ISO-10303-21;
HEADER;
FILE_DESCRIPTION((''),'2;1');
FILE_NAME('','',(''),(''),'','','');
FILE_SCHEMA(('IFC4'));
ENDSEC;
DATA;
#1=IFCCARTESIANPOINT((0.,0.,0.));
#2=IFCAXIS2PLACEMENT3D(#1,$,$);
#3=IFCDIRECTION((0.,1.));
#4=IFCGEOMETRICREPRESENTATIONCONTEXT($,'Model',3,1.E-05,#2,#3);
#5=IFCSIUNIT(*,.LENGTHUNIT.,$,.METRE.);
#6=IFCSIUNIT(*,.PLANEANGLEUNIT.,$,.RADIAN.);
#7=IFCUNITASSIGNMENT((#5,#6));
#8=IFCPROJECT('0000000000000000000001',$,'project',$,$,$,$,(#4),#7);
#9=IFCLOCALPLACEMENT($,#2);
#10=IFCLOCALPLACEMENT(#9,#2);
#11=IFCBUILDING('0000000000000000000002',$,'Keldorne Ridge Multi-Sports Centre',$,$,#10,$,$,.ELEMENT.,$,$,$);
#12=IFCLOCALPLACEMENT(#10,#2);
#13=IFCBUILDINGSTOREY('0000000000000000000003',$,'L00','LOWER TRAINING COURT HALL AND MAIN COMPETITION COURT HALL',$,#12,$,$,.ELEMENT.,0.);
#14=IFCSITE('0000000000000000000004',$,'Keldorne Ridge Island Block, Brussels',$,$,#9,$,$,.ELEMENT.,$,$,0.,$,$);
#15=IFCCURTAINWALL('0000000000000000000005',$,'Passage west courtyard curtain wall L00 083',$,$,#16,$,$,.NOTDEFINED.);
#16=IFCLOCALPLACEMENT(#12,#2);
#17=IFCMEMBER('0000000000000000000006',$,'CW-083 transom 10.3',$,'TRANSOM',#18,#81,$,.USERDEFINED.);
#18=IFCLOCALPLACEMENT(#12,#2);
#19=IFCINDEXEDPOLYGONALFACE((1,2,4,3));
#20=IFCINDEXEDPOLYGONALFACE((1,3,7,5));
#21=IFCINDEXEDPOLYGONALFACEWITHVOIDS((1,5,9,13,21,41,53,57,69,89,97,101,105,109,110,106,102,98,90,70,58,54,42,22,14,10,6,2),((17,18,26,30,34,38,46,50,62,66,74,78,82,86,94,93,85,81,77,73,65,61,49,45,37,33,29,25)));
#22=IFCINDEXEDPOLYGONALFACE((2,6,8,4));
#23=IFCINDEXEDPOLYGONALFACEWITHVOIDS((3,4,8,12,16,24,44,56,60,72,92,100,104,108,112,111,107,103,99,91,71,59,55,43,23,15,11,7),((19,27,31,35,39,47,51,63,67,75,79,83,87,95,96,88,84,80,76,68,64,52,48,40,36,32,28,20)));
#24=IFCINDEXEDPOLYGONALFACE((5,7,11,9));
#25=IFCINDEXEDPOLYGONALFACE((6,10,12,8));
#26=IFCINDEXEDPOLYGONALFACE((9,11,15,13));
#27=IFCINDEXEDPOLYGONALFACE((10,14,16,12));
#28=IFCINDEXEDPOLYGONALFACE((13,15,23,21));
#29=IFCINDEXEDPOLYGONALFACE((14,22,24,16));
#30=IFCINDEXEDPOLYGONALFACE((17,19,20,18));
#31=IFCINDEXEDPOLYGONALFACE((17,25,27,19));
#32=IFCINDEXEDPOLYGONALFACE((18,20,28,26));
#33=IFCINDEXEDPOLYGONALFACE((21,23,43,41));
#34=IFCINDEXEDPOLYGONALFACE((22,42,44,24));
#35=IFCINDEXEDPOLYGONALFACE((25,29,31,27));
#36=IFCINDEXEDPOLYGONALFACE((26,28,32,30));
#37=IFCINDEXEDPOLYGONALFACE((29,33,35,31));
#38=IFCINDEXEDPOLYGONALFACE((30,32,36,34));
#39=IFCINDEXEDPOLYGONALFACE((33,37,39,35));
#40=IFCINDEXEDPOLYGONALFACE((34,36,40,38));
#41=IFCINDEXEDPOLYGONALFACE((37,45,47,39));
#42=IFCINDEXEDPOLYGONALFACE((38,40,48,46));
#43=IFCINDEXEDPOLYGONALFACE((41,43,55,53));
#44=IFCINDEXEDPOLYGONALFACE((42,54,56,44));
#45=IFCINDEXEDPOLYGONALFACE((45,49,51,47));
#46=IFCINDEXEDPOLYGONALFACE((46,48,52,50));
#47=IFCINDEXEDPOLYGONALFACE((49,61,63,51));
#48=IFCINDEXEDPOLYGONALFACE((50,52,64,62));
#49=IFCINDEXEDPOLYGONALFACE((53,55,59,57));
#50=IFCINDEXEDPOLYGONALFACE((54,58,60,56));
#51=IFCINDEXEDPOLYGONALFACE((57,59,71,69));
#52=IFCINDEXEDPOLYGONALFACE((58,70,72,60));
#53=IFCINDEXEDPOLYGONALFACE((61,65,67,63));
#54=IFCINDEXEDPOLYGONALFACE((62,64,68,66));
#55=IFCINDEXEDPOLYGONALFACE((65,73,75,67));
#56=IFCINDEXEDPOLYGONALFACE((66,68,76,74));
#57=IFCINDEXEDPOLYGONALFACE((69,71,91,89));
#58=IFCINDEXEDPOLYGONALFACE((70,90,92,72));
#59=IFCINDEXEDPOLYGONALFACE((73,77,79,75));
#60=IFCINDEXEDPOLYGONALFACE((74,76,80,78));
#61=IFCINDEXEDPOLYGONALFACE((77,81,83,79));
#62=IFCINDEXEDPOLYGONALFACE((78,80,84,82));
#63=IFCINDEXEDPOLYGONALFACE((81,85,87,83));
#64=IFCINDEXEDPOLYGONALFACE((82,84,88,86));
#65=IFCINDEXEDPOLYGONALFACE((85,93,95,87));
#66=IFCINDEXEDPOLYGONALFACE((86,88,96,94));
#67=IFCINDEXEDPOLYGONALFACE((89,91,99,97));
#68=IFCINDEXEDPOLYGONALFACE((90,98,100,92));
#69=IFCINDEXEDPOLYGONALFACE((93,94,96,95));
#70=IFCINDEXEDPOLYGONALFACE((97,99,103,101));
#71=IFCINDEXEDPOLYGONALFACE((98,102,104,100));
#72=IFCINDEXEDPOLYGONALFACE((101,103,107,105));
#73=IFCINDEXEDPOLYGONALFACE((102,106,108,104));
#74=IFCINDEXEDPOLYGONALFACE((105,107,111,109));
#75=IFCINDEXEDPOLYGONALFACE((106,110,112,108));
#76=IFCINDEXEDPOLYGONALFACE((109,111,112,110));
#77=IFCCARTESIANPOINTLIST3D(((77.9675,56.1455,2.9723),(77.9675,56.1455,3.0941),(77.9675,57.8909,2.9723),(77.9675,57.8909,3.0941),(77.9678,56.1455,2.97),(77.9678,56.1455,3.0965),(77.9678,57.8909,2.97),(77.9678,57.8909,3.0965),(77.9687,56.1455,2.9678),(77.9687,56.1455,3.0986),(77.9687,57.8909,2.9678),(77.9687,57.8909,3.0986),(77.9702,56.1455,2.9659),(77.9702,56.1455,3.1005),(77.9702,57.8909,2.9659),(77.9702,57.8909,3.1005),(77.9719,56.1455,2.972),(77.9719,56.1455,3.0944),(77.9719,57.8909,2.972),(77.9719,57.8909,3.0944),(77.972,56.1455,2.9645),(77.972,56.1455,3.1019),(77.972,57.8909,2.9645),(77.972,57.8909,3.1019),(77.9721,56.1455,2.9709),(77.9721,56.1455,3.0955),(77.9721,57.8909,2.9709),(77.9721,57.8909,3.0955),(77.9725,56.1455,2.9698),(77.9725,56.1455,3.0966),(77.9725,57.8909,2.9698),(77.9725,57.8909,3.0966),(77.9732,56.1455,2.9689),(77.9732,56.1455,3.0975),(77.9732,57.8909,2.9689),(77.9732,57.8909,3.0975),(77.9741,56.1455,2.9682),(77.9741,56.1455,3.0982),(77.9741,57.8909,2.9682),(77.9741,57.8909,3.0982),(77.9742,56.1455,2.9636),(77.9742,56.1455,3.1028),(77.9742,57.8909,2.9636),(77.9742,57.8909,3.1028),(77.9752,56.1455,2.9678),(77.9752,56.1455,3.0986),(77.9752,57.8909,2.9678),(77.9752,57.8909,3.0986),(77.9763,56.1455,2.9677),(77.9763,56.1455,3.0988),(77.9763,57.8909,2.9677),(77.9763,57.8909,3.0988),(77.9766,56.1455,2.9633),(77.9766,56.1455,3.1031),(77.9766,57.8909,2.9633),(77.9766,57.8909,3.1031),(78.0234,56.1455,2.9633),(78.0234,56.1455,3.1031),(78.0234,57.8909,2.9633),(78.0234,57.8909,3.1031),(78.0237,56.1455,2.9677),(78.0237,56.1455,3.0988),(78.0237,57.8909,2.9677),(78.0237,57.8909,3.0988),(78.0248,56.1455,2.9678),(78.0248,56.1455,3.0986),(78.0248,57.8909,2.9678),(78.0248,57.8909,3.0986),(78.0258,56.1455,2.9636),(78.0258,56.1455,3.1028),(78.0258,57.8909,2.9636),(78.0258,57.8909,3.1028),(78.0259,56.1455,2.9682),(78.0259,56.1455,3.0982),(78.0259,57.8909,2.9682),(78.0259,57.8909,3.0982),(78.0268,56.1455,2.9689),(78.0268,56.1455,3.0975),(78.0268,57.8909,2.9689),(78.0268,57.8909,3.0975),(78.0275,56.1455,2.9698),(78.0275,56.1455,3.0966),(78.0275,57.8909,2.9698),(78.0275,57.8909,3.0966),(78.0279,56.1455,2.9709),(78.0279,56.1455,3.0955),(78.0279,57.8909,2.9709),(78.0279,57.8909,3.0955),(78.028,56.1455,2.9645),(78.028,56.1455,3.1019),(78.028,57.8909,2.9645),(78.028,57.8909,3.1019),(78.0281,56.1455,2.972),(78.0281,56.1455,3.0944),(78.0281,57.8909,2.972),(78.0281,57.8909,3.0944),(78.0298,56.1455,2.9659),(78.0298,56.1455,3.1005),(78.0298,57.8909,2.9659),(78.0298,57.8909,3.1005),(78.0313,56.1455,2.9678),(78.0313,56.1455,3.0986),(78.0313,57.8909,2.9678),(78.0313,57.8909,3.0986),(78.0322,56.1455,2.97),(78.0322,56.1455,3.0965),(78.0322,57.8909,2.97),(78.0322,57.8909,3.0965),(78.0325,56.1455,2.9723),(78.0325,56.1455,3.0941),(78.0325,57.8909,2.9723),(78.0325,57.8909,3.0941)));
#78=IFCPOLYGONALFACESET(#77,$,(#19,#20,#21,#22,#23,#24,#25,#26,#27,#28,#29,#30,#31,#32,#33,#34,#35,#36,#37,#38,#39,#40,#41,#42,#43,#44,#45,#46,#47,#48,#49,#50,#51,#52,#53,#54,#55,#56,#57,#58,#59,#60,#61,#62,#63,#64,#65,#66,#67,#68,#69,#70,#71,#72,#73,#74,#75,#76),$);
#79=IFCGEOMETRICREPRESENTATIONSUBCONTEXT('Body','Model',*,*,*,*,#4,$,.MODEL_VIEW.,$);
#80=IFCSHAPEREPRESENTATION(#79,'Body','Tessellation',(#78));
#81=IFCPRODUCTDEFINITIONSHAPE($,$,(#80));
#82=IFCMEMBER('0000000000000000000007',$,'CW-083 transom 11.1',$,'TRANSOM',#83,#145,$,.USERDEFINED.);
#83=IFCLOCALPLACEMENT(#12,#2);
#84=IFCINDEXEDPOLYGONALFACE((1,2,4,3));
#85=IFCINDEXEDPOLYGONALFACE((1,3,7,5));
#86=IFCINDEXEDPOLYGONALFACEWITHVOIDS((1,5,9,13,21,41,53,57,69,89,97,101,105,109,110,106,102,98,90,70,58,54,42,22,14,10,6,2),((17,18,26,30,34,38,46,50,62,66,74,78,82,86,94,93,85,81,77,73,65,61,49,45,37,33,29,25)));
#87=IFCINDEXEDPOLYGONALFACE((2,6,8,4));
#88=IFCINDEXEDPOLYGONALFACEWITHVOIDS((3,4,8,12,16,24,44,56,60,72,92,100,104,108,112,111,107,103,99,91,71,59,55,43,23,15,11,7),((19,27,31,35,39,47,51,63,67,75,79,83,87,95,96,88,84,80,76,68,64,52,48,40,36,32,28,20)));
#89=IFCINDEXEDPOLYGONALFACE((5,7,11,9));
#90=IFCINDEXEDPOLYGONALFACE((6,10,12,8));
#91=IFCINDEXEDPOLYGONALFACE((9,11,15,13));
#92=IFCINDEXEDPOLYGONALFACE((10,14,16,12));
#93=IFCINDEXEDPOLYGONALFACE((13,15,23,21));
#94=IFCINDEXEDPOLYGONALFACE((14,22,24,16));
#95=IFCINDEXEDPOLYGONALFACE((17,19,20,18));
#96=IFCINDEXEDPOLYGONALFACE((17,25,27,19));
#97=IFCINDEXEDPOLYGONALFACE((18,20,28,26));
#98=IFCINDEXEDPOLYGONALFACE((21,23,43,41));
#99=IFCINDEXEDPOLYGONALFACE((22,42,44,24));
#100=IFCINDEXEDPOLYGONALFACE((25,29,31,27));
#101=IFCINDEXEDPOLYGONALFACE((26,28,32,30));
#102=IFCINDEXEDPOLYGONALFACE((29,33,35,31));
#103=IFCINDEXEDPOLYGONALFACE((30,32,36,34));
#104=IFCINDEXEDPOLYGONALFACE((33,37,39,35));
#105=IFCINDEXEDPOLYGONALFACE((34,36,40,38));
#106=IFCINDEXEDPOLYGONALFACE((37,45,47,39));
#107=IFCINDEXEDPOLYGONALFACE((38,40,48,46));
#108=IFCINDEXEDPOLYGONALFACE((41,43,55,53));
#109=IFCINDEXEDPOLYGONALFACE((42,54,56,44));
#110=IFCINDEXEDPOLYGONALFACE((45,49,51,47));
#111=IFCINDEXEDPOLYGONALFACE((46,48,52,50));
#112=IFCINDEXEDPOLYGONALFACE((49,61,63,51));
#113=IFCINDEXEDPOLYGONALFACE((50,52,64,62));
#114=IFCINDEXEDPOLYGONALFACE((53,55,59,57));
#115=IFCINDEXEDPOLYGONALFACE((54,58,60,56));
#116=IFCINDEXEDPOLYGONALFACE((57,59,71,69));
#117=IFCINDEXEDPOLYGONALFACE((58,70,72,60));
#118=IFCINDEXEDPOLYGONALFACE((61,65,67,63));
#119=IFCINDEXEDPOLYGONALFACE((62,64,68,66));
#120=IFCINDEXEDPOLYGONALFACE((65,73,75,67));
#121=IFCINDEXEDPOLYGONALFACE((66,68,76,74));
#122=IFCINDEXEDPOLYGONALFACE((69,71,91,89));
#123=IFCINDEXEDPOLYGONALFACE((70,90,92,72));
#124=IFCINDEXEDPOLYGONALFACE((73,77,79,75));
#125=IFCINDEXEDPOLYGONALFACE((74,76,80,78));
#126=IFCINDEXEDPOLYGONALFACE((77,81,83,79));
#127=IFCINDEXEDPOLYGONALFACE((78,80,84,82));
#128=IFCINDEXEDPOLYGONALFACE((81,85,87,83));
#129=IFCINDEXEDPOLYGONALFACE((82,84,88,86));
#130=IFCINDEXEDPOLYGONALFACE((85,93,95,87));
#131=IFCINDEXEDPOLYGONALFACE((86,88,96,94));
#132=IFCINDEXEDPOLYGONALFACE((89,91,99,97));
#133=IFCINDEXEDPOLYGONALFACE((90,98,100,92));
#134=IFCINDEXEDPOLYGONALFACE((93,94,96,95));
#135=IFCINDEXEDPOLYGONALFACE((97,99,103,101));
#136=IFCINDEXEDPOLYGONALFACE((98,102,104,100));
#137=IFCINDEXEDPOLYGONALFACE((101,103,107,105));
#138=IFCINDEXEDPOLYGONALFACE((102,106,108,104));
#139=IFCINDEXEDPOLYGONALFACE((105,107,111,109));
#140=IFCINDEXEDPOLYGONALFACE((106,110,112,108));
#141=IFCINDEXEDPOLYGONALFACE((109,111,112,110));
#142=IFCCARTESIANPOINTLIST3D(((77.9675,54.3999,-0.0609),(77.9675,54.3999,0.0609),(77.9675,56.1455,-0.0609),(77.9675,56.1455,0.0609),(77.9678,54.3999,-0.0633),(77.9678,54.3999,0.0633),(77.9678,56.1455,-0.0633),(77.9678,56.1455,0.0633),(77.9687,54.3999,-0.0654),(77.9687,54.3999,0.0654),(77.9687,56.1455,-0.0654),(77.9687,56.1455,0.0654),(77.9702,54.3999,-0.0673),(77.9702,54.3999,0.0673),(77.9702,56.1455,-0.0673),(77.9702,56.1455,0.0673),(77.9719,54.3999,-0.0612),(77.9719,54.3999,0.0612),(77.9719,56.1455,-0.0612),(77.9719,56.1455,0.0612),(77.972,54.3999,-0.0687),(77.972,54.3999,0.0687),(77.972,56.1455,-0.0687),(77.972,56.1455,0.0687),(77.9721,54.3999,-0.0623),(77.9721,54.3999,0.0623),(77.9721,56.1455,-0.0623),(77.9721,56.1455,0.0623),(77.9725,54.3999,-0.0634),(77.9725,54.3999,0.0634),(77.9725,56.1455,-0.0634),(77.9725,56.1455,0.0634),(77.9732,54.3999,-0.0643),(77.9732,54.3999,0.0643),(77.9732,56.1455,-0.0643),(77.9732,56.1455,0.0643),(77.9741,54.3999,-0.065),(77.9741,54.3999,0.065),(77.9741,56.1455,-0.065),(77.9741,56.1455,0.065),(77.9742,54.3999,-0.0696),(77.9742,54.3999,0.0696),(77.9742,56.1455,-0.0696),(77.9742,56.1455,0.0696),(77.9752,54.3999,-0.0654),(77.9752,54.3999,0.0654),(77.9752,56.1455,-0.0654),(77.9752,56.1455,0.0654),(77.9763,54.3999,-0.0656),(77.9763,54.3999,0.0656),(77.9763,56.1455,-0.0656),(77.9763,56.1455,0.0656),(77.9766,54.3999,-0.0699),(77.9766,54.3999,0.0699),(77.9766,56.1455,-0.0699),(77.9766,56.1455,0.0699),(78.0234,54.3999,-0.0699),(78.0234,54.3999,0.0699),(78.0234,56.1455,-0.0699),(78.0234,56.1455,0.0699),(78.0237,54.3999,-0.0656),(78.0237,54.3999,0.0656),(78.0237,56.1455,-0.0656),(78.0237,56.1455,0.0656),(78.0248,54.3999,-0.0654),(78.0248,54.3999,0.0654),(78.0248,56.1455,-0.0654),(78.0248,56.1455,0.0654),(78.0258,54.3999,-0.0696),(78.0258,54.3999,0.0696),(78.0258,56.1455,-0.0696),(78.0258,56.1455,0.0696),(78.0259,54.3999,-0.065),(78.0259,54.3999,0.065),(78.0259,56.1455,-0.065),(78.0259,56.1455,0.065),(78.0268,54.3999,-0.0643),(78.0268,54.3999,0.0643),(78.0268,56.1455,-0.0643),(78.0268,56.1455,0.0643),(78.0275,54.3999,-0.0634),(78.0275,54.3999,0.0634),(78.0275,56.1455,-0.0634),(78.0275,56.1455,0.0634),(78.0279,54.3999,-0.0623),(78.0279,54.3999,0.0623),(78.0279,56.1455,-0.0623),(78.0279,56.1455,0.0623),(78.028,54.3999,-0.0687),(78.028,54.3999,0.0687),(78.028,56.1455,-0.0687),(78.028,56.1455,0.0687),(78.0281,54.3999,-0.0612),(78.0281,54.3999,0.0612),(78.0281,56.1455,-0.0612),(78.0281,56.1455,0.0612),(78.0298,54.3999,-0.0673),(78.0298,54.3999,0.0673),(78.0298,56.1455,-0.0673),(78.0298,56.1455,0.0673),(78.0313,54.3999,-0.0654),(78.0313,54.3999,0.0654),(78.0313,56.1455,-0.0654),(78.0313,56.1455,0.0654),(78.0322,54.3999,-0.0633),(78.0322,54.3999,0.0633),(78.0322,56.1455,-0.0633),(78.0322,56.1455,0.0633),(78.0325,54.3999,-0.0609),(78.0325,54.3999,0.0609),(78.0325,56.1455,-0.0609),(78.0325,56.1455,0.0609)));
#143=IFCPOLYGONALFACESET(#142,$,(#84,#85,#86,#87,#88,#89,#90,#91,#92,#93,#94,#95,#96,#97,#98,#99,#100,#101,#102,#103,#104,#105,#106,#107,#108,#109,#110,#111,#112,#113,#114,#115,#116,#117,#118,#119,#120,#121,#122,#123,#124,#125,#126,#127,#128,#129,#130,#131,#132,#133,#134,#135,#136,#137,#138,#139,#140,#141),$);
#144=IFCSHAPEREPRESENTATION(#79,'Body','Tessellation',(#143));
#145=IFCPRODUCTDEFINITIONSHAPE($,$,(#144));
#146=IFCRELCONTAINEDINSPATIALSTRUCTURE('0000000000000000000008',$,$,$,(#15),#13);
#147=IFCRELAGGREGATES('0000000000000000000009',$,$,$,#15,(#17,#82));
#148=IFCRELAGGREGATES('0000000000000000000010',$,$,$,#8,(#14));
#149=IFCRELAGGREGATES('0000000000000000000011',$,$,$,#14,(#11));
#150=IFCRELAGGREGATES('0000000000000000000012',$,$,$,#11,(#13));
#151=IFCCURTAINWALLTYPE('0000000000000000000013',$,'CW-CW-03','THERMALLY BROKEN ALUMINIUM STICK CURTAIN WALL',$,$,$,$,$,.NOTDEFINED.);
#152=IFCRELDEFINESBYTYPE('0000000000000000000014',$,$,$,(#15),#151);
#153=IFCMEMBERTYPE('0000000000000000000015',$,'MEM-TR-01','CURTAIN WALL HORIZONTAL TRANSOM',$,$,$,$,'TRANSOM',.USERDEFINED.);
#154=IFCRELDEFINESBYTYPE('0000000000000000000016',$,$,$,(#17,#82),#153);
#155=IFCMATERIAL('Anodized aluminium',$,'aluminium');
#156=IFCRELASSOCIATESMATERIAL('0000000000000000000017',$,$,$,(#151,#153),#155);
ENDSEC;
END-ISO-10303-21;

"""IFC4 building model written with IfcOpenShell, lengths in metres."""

from ifc_helpers import new_model, si_unit, direction, frame, origin, origin_2d, place, context, subcontext, project, spatial, hollow_rectangle, extrude, material, material_profile, profile_set, type_object, element, aggregate, save


model = new_model("IFC4")

# Units and contexts
model_context = context("Model", 3, precision=1e-05, world=origin(), true_north=direction((0.0, 1.0)))
body_context = subcontext(model_context, "Body", "Model", "MODEL_VIEW")
ifc_project = project(units=[si_unit("LENGTHUNIT", "METRE"), si_unit("PLANEANGLEUNIT", "RADIAN")], contexts=[model_context])

# Site, building, storey
site_placement = place(None, origin())
site = spatial("IfcSite", under=ifc_project, at=site_placement, Name="Keldorne Ridge Island Block, Brussels", CompositionType="ELEMENT", RefElevation=0.0)
building_placement = place(site_placement, origin())
building = spatial("IfcBuilding", under=site, at=building_placement, Name="Keldorne Ridge Multi-Sports Centre", CompositionType="ELEMENT")
storey_placement = place(building_placement, origin())
storey = spatial("IfcBuildingStorey", under=building, at=storey_placement, Name="L00", Description="LOWER TRAINING COURT HALL AND MAIN COMPETITION COURT HALL", CompositionType="ELEMENT", Elevation=0.0)

# Curtain wall, members
ifc_material_1 = material(Name="Anodized aluminium", Category="aluminium")
curtain_wall_type = type_object("IfcCurtainWallType", Name="CW-CW-03", Description="THERMALLY BROKEN ALUMINIUM STICK CURTAIN WALL", PredefinedType="NOTDEFINED", material=ifc_material_1)
curtain_wall_placement = place(storey_placement, origin())
curtain_wall = element("IfcCurtainWall", 1, at=curtain_wall_placement, inside=storey, type_object=curtain_wall_type, Name="Passage west courtyard curtain wall L00 083", PredefinedType="NOTDEFINED")
ifc_material_profile_1 = material_profile(ifc_material_1, hollow_rectangle(XDim=0.0649, YDim=0.1399, WallThickness=0.0044, InnerFilletRadius=0.0044, OuterFilletRadius=0.009, at=origin_2d()), Name="ALU TRANSOM 140x65x4.5")
ifc_profile_set_1 = profile_set([ifc_material_profile_1], Name="Anodized aluminium")
member_type_1 = type_object("IfcMemberType", Name="MEM-TR-01", Description="CURTAIN WALL HORIZONTAL TRANSOM", ElementType="TRANSOM", PredefinedType="USERDEFINED", material=ifc_profile_set_1)
member_1_placement = place(storey_placement, frame((78.0, 57.8909, 3.0332), z_axis=(0.0, -1.0, 0.0), x_axis=(1.0, 0.0, 0.0)))
member_1 = element("IfcMember", 2, at=member_1_placement, type_object=member_type_1, Name="CW-083 transom 10.3", ObjectType="TRANSOM", PredefinedType="USERDEFINED", context=body_context, shape_type="SweptSolid", body=[
    extrude(hollow_rectangle(XDim=0.0649, YDim=0.1399, WallThickness=0.0044, InnerFilletRadius=0.0044, OuterFilletRadius=0.009, at=origin_2d()), origin(), (0.0, 0.0, 1.0), 1.7454),
])
member_2_placement = place(storey_placement, frame((78.0, 56.1455, 0.0), z_axis=(0.0, -1.0, 0.0), x_axis=(1.0, 0.0, 0.0)))
member_2 = element("IfcMember", 3, at=member_2_placement, type_object=member_type_1, Name="CW-083 transom 11.1", ObjectType="TRANSOM", PredefinedType="USERDEFINED", context=body_context, shape_type="SweptSolid", body=[
    extrude(hollow_rectangle(XDim=0.0649, YDim=0.1399, WallThickness=0.0044, InnerFilletRadius=0.0044, OuterFilletRadius=0.009, at=origin_2d()), origin(), (0.0, 0.0, 1.0), 1.7456),
])

aggregate(curtain_wall, [member_1, member_2])

save(model, "model.ifc")
